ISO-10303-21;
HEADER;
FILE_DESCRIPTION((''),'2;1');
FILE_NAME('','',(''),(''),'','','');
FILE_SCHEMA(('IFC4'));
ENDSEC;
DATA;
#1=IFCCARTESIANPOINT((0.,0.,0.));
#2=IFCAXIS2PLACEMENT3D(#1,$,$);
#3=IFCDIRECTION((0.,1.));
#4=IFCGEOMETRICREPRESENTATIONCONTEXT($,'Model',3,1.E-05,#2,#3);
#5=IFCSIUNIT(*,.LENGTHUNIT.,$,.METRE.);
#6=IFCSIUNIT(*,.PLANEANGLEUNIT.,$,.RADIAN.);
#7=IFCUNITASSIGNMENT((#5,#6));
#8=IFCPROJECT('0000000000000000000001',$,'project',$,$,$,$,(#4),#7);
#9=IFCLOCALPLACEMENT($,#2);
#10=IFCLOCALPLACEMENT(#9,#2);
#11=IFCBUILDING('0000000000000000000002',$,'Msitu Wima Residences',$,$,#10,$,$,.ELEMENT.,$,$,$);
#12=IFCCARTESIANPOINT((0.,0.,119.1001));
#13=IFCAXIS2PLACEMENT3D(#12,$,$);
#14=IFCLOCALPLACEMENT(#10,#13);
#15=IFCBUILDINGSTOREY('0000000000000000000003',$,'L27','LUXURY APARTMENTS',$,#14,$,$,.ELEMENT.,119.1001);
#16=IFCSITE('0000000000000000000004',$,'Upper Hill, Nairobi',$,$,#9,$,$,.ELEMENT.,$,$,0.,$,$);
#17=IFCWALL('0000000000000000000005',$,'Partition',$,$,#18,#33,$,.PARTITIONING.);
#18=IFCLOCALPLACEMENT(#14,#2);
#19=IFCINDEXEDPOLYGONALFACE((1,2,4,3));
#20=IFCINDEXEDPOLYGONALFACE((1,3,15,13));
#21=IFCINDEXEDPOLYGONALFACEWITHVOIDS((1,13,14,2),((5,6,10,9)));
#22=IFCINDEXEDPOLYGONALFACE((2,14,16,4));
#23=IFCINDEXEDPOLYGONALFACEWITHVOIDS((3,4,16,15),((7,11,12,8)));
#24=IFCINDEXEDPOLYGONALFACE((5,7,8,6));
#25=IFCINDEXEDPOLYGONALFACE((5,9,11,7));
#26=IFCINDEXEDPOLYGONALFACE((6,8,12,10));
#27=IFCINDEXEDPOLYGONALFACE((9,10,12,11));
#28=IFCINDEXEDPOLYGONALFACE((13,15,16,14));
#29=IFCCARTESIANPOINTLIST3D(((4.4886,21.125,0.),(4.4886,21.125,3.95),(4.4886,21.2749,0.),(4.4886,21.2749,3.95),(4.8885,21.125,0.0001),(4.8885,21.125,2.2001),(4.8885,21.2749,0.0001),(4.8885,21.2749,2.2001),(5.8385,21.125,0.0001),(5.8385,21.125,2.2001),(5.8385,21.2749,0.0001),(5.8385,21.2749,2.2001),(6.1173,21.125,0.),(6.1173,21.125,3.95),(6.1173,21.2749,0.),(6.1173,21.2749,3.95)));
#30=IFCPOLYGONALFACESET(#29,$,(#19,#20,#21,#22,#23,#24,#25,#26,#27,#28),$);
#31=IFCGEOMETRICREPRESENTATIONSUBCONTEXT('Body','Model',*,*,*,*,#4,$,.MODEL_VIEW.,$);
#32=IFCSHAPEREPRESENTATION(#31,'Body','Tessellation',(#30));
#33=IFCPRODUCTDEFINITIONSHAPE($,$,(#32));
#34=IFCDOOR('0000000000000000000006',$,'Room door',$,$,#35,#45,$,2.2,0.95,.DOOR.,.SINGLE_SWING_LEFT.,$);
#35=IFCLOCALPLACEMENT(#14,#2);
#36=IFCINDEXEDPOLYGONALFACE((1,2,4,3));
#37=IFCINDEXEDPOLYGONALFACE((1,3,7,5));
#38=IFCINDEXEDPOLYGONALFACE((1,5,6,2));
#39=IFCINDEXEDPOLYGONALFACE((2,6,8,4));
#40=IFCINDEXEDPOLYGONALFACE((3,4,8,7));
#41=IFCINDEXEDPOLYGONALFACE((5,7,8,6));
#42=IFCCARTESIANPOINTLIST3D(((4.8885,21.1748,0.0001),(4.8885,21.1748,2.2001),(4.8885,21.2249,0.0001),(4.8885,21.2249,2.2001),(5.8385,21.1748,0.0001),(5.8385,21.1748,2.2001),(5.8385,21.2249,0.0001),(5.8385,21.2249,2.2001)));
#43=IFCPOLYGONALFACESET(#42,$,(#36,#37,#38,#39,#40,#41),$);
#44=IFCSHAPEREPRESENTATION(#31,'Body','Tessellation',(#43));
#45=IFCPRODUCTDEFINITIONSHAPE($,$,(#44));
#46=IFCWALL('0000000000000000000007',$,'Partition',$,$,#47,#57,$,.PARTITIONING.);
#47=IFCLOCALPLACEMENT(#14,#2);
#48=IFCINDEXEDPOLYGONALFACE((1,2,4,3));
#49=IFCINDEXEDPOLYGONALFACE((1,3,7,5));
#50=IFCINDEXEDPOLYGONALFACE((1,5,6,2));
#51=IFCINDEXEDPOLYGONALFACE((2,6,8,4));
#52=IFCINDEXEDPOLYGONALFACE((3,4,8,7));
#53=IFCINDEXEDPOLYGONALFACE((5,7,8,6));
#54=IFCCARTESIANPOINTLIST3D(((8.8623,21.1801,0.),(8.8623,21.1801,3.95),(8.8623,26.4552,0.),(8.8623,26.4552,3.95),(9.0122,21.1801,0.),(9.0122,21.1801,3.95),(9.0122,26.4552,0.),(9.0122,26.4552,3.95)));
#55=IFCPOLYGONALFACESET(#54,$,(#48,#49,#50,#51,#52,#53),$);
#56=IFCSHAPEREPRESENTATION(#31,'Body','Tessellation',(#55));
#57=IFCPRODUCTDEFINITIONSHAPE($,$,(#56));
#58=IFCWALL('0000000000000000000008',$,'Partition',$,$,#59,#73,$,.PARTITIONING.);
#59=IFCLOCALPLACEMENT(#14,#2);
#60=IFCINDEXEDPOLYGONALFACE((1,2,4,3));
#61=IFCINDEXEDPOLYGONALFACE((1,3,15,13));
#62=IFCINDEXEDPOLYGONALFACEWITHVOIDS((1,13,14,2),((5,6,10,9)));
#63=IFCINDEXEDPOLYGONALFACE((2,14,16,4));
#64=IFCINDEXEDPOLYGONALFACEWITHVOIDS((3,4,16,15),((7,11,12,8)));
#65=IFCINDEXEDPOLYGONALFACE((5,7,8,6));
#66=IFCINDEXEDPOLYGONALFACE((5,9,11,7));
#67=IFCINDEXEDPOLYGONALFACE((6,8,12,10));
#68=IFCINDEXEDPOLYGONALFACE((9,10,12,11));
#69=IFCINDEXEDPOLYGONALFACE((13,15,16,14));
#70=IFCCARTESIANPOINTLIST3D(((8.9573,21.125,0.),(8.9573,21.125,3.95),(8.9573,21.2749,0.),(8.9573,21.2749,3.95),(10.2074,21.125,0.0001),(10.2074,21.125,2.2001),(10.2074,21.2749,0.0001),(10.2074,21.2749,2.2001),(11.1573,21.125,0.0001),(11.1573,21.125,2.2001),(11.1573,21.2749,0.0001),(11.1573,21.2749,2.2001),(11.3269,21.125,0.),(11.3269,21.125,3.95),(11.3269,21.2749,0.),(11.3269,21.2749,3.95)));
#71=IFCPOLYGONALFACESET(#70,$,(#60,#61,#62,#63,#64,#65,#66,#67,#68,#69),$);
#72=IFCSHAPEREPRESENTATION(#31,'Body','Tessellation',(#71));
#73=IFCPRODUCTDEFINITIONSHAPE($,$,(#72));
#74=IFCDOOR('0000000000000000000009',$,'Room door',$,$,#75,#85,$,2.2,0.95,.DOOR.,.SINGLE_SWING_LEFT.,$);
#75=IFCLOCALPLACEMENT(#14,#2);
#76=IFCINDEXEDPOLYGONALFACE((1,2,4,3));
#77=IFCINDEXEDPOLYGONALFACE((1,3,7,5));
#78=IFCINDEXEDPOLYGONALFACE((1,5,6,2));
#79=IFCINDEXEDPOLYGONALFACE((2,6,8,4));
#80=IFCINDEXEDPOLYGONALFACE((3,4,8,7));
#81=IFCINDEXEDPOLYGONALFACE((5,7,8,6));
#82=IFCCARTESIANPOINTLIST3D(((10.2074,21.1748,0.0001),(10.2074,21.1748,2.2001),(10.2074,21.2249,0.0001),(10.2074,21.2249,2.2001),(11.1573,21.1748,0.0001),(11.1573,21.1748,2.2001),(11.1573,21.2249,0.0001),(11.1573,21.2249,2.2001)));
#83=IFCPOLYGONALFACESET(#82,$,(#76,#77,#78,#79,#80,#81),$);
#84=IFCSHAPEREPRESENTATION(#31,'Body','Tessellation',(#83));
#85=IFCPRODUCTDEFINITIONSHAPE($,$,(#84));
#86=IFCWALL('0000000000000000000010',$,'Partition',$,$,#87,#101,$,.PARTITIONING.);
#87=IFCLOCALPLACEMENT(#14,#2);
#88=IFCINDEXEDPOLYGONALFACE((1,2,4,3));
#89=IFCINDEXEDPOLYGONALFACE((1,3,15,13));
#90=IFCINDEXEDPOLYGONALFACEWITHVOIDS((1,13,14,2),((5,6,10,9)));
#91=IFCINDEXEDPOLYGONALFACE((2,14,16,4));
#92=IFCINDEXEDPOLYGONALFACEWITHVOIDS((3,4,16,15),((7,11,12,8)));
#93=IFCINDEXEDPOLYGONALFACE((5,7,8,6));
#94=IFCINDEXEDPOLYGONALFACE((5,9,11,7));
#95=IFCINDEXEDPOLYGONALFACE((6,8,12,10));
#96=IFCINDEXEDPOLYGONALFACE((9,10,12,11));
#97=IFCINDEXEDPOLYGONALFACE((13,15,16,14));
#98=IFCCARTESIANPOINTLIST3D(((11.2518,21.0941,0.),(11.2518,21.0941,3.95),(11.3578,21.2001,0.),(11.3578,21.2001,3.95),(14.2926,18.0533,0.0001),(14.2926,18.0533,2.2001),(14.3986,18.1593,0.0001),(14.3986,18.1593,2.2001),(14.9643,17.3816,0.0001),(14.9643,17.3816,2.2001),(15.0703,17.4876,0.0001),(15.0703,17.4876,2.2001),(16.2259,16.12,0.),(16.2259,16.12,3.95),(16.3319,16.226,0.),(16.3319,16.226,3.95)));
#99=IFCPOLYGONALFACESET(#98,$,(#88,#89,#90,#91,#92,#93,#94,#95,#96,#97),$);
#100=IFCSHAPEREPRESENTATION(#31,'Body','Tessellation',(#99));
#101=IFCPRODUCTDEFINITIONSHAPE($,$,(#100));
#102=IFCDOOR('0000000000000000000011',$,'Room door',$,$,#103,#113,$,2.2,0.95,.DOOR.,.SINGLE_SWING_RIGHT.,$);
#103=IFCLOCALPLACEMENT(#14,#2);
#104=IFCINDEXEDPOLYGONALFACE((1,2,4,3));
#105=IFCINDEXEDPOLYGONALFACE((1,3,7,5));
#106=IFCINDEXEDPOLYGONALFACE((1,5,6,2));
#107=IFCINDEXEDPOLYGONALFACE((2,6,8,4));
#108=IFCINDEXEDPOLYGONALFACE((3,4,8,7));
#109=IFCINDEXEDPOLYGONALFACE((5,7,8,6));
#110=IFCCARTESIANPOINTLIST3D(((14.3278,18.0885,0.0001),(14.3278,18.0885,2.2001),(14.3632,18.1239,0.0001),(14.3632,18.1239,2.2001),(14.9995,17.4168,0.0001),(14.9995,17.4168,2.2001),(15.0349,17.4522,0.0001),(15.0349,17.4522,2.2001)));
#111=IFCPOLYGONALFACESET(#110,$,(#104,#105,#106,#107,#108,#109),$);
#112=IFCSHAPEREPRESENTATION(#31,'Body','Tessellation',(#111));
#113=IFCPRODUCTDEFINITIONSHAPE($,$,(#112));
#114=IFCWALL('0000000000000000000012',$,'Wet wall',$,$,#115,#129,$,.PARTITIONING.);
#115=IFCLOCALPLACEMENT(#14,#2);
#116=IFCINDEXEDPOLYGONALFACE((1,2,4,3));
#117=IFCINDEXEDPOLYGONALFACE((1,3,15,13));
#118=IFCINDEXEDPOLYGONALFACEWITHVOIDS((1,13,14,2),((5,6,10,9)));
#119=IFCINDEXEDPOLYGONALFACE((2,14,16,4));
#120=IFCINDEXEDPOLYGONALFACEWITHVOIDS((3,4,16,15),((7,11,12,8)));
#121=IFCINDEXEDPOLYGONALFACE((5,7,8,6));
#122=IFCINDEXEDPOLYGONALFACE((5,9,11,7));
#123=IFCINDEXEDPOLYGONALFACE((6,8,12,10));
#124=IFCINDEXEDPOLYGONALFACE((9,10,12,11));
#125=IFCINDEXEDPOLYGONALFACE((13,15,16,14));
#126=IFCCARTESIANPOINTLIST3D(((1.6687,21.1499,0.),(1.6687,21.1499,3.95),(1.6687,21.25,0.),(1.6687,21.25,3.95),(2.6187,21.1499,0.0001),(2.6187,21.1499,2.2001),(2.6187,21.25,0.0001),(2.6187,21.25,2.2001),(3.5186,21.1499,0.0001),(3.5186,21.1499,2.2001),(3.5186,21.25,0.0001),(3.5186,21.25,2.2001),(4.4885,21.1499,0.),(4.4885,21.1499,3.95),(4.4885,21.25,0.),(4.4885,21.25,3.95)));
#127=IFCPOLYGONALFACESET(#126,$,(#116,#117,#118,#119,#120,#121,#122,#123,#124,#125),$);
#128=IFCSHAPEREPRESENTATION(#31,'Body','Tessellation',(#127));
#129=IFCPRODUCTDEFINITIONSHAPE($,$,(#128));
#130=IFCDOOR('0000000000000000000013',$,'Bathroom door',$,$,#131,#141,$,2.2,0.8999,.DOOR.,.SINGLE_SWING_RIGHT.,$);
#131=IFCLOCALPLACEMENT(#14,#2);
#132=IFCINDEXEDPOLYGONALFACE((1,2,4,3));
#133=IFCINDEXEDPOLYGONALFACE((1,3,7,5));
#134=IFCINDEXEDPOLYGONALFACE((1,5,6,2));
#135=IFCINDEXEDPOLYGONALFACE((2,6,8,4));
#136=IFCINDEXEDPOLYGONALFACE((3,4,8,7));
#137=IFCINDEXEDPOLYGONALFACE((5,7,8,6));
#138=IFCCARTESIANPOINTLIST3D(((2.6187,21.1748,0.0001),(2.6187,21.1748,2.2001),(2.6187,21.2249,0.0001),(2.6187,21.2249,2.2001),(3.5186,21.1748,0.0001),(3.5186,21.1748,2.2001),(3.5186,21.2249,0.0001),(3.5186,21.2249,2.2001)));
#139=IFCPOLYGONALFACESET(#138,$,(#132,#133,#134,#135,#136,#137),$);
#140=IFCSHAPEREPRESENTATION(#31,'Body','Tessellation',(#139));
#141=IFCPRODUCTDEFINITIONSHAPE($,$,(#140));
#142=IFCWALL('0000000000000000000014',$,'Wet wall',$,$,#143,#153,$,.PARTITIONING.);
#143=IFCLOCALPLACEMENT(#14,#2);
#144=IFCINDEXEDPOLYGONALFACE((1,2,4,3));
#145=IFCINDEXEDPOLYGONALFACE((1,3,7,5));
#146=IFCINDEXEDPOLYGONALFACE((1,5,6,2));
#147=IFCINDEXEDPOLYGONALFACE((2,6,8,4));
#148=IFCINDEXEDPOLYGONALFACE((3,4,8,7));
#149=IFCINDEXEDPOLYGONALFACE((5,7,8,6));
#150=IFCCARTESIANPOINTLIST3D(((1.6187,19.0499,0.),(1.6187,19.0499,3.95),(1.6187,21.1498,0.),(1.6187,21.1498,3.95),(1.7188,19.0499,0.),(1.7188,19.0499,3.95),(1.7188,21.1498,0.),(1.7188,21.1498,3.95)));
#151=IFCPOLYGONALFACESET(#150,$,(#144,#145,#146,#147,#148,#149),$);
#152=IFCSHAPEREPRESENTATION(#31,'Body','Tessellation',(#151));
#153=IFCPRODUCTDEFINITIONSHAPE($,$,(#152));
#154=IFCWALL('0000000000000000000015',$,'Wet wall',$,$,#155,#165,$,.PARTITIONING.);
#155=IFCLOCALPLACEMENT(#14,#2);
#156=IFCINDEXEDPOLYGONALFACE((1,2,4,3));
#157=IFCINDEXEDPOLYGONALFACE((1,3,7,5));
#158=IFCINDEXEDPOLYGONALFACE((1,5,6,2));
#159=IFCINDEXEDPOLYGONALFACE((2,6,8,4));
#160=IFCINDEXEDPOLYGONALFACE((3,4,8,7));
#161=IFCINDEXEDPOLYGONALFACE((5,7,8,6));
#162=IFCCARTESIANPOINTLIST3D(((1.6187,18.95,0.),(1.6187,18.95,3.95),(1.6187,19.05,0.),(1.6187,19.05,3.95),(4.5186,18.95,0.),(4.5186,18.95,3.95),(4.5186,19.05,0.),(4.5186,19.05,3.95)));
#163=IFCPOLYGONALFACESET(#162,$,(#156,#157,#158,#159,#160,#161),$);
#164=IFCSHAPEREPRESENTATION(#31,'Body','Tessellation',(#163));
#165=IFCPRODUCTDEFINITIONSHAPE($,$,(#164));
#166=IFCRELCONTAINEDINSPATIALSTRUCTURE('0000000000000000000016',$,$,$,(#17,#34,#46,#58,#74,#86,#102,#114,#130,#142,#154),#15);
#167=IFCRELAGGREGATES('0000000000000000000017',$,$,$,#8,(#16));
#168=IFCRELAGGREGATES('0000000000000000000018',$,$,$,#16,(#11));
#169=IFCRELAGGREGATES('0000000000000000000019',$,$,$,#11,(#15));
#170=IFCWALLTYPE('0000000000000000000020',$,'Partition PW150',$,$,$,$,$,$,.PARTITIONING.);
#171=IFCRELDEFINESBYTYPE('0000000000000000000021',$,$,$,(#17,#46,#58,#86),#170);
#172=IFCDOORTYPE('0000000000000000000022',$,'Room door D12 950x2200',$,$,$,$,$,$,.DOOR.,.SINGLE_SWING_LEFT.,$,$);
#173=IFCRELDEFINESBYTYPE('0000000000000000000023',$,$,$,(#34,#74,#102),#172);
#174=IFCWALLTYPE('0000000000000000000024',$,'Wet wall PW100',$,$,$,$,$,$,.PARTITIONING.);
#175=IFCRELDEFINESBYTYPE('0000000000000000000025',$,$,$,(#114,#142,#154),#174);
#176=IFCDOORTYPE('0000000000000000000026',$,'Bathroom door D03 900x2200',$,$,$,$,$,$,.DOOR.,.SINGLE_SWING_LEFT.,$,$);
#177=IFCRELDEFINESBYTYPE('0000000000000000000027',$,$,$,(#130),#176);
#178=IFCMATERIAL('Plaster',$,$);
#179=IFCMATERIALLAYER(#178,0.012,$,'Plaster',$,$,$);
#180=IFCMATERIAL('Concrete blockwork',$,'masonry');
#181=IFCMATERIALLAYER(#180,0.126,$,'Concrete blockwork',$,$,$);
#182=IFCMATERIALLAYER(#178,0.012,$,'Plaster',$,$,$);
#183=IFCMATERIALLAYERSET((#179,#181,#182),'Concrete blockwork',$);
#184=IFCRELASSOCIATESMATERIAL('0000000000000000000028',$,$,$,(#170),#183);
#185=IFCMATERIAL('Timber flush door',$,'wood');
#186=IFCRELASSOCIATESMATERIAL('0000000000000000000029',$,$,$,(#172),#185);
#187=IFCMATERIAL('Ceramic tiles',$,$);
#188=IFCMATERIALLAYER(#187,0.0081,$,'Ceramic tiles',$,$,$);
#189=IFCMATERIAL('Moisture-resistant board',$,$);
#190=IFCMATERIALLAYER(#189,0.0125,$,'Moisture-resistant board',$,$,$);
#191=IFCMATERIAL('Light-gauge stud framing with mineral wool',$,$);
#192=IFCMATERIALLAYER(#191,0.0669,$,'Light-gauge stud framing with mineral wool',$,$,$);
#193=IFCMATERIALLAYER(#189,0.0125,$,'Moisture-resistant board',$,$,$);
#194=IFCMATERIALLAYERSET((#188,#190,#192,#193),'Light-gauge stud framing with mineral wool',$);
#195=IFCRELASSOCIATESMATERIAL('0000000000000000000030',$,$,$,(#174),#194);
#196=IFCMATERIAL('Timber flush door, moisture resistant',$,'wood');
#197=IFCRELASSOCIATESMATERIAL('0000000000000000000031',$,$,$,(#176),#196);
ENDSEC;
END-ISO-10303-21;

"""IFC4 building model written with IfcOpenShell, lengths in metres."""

from ifc_helpers import new_model, si_unit, direction, frame, frame_2d, origin, place, context, subcontext, project, spatial, rectangle, extrude, material, layer, layer_set, type_object, element, fill, save


model = new_model("IFC4")

# Units and contexts
model_context = context("Model", 3, precision=1e-05, world=origin(), true_north=direction((0.0, 1.0)))
body_context = subcontext(model_context, "Body", "Model", "MODEL_VIEW")
ifc_project = project(units=[si_unit("LENGTHUNIT", "METRE"), si_unit("PLANEANGLEUNIT", "RADIAN")], contexts=[model_context])

# Site, building, storey
site_placement = place(None, origin())
site = spatial("IfcSite", under=ifc_project, at=site_placement, Name="Upper Hill, Nairobi", CompositionType="ELEMENT", RefElevation=0.0)
building_placement = place(site_placement, origin())
building = spatial("IfcBuilding", under=site, at=building_placement, Name="Msitu Wima Residences", CompositionType="ELEMENT")
storey_placement = place(building_placement, frame((0.0, 0.0, 119.1001)))
storey = spatial("IfcBuildingStorey", under=building, at=storey_placement, Name="L27", Description="LUXURY APARTMENTS", CompositionType="ELEMENT", Elevation=119.1001)

# Shared definitions
ifc_material_1 = material(Name="Plaster")
ifc_layer_1 = layer(ifc_material_1, 0.012, Name="Plaster")
ifc_material_2 = material(Name="Concrete blockwork", Category="masonry")
ifc_layer_2 = layer(ifc_material_2, 0.126, Name="Concrete blockwork")
ifc_layer_3 = layer(ifc_material_1, 0.012, Name="Plaster")
ifc_layer_set_1 = layer_set([ifc_layer_1, ifc_layer_2, ifc_layer_3], Name="Concrete blockwork")
wall_type_1 = type_object("IfcWallType", Name="Partition PW150", PredefinedType="PARTITIONING", material=ifc_layer_set_1)

# Wall, opening, door
wall_1_placement = place(storey_placement, frame((4.4885, 21.2, 0.0), z_axis=(0.0, 0.0, 1.0), x_axis=(1.0, 0.0, 0.0)))
wall_1 = element("IfcWall", 1, at=wall_1_placement, inside=storey, type_object=wall_type_1, Name="Partition", PredefinedType="PARTITIONING", context=body_context, shape_type="SweptSolid", body=[
    extrude(rectangle(XDim=1.6287, YDim=0.1499, at=frame_2d((0.8145, 0.0))), origin(), (0.0, 0.0, 1.0), 3.95),
])
opening_1_placement = place(wall_1_placement, frame((0.3999, 0.0, 0.0)))
opening_1 = element("IfcOpeningElement", 2, at=opening_1_placement, cuts=wall_1, PredefinedType="OPENING", context=body_context, shape_type="SweptSolid", body=[
    extrude(rectangle(XDim=0.95, YDim=2.2, at=frame_2d((0.4751, 1.1001))), frame((0.0, 0.085, 0.0), z_axis=(0.0, -1.0, 0.0), x_axis=(1.0, 0.0, 0.0)), (0.0, 0.0, 1.0), 0.1699),
])
ifc_material_3 = material(Name="Timber flush door", Category="wood")
door_type_1 = type_object("IfcDoorType", Name="Room door D12 950x2200", OperationType="SINGLE_SWING_LEFT", PredefinedType="DOOR", material=ifc_material_3)
door_1_placement = place(opening_1_placement, origin())
door_1 = element("IfcDoor", 3, at=door_1_placement, inside=storey, type_object=door_type_1, Name="Room door", OperationType="SINGLE_SWING_LEFT", OverallHeight=2.2, OverallWidth=0.95, PredefinedType="DOOR", context=body_context, shape_type="SweptSolid", body=[
    extrude(rectangle(XDim=0.95, YDim=2.2, at=frame_2d((0.4751, 1.1001))), frame((0.0, 0.0249, 0.0), z_axis=(0.0, -1.0, 0.0), x_axis=(1.0, 0.0, 0.0)), (0.0, 0.0, 1.0), 0.05),
])
fill(opening_1, door_1)

# Wall
wall_2_placement = place(storey_placement, frame((8.9373, 21.1799, 0.0), z_axis=(0.0, 0.0, 1.0), x_axis=(0.0, 1.0, 0.0)))
element("IfcWall", 4, at=wall_2_placement, inside=storey, type_object=wall_type_1, Name="Partition", PredefinedType="PARTITIONING", context=body_context, shape_type="SweptSolid", body=[
    extrude(rectangle(XDim=5.2751, YDim=0.1499, at=frame_2d((2.6377, 0.0))), origin(), (0.0, 0.0, 1.0), 3.95),
])

# Walls, openings, doors
wall_3_placement = place(storey_placement, frame((8.9573, 21.2, 0.0), z_axis=(0.0, 0.0, 1.0), x_axis=(1.0, 0.0, 0.0)))
wall_3 = element("IfcWall", 5, at=wall_3_placement, inside=storey, type_object=wall_type_1, Name="Partition", PredefinedType="PARTITIONING", context=body_context, shape_type="SweptSolid", body=[
    extrude(rectangle(XDim=2.3696, YDim=0.1499, at=frame_2d((1.1848, 0.0))), origin(), (0.0, 0.0, 1.0), 3.95),
])
opening_2_placement = place(wall_3_placement, frame((1.25, 0.0, 0.0)))
opening_2 = element("IfcOpeningElement", 6, at=opening_2_placement, cuts=wall_3, PredefinedType="OPENING", context=body_context, shape_type="SweptSolid", body=[
    extrude(rectangle(XDim=0.95, YDim=2.2, at=frame_2d((0.4751, 1.1001))), frame((0.0, 0.085, 0.0), z_axis=(0.0, -1.0, 0.0), x_axis=(1.0, 0.0, 0.0)), (0.0, 0.0, 1.0), 0.1699),
])
door_2_placement = place(opening_2_placement, origin())
door_2 = element("IfcDoor", 7, at=door_2_placement, inside=storey, type_object=door_type_1, Name="Room door", OperationType="SINGLE_SWING_LEFT", OverallHeight=2.2, OverallWidth=0.95, PredefinedType="DOOR", context=body_context, shape_type="SweptSolid", body=[
    extrude(rectangle(XDim=0.95, YDim=2.2, at=frame_2d((0.4751, 1.1001))), frame((0.0, 0.0249, 0.0), z_axis=(0.0, -1.0, 0.0), x_axis=(1.0, 0.0, 0.0)), (0.0, 0.0, 1.0), 0.05),
])
fill(opening_2, door_2)
wall_4_placement = place(storey_placement, frame((11.3049, 21.147, 0.0), z_axis=(0.0, 0.0, 1.0), x_axis=(0.707107, -0.707107, 0.0)))
wall_4 = element("IfcWall", 8, at=wall_4_placement, inside=storey, type_object=wall_type_1, Name="Partition", PredefinedType="PARTITIONING", context=body_context, shape_type="SweptSolid", body=[
    extrude(rectangle(XDim=7.0344, YDim=0.1499, at=frame_2d((3.5171, 0.0))), origin(), (0.0, 0.0, 1.0), 3.95),
])
opening_3_placement = place(wall_4_placement, frame((4.3, 0.0, 0.0)))
opening_3 = element("IfcOpeningElement", 9, at=opening_3_placement, cuts=wall_4, PredefinedType="OPENING", context=body_context, shape_type="SweptSolid", body=[
    extrude(rectangle(XDim=0.95, YDim=2.2, at=frame_2d((0.4751, 1.1001))), frame((0.0, 0.085, 0.0), z_axis=(0.0, -1.0, 0.0), x_axis=(1.0, 0.0, 0.0)), (0.0, 0.0, 1.0), 0.1699),
])
door_3_placement = place(opening_3_placement, origin())
door_3 = element("IfcDoor", 10, at=door_3_placement, inside=storey, type_object=door_type_1, Name="Room door", OperationType="SINGLE_SWING_RIGHT", OverallHeight=2.2, OverallWidth=0.95, PredefinedType="DOOR", context=body_context, shape_type="SweptSolid", body=[
    extrude(rectangle(XDim=0.95, YDim=2.2, at=frame_2d((0.4751, 1.1001))), frame((0.0, 0.0249, 0.0), z_axis=(0.0, -1.0, 0.0), x_axis=(1.0, 0.0, 0.0)), (0.0, 0.0, 1.0), 0.05),
])
fill(opening_3, door_3)
ifc_material_4 = material(Name="Ceramic tiles")
ifc_layer_4 = layer(ifc_material_4, 0.0081, Name="Ceramic tiles")
ifc_material_5 = material(Name="Moisture-resistant board")
ifc_layer_5 = layer(ifc_material_5, 0.0125, Name="Moisture-resistant board")
ifc_material_6 = material(Name="Light-gauge stud framing with mineral wool")
ifc_layer_6 = layer(ifc_material_6, 0.0669, Name="Light-gauge stud framing with mineral wool")
ifc_layer_7 = layer(ifc_material_5, 0.0125, Name="Moisture-resistant board")
ifc_layer_set_2 = layer_set([ifc_layer_4, ifc_layer_5, ifc_layer_6, ifc_layer_7], Name="Light-gauge stud framing with mineral wool")
wall_type_2 = type_object("IfcWallType", Name="Wet wall PW100", PredefinedType="PARTITIONING", material=ifc_layer_set_2)
wall_5_placement = place(storey_placement, frame((1.6687, 21.2, 0.0), z_axis=(0.0, 0.0, 1.0), x_axis=(1.0, 0.0, 0.0)))
wall_5 = element("IfcWall", 11, at=wall_5_placement, inside=storey, type_object=wall_type_2, Name="Wet wall", PredefinedType="PARTITIONING", context=body_context, shape_type="SweptSolid", body=[
    extrude(rectangle(XDim=2.8198, YDim=0.1001, at=frame_2d((1.4099, 0.0))), origin(), (0.0, 0.0, 1.0), 3.95),
])
opening_4_placement = place(wall_5_placement, frame((0.95, 0.0, 0.0)))
opening_4 = element("IfcOpeningElement", 12, at=opening_4_placement, cuts=wall_5, PredefinedType="OPENING", context=body_context, shape_type="SweptSolid", body=[
    extrude(rectangle(XDim=0.8999, YDim=2.2, at=frame_2d((0.45, 1.1001))), frame((0.0, 0.0601, 0.0), z_axis=(0.0, -1.0, 0.0), x_axis=(1.0, 0.0, 0.0)), (0.0, 0.0, 1.0), 0.1201),
])
ifc_material_7 = material(Name="Timber flush door, moisture resistant", Category="wood")
door_type_2 = type_object("IfcDoorType", Name="Bathroom door D03 900x2200", OperationType="SINGLE_SWING_LEFT", PredefinedType="DOOR", material=ifc_material_7)
door_4_placement = place(opening_4_placement, origin())
door_4 = element("IfcDoor", 13, at=door_4_placement, inside=storey, type_object=door_type_2, Name="Bathroom door", OperationType="SINGLE_SWING_RIGHT", OverallHeight=2.2, OverallWidth=0.8999, PredefinedType="DOOR", context=body_context, shape_type="SweptSolid", body=[
    extrude(rectangle(XDim=0.8999, YDim=2.2, at=frame_2d((0.45, 1.1001))), frame((0.0, 0.0249, 0.0), z_axis=(0.0, -1.0, 0.0), x_axis=(1.0, 0.0, 0.0)), (0.0, 0.0, 1.0), 0.05),
])
fill(opening_4, door_4)

# Walls
wall_6_placement = place(storey_placement, frame((1.6687, 19.05, 0.0), z_axis=(0.0, 0.0, 1.0), x_axis=(0.0, 1.0, 0.0)))
element("IfcWall", 14, at=wall_6_placement, inside=storey, type_object=wall_type_2, Name="Wet wall", PredefinedType="PARTITIONING", context=body_context, shape_type="SweptSolid", body=[
    extrude(rectangle(XDim=2.0999, YDim=0.1001, at=frame_2d((1.0498, 0.0))), origin(), (0.0, 0.0, 1.0), 3.95),
])
wall_7_placement = place(storey_placement, frame((1.6187, 19.0, 0.0), z_axis=(0.0, 0.0, 1.0), x_axis=(1.0, 0.0, 0.0)))
element("IfcWall", 15, at=wall_7_placement, inside=storey, type_object=wall_type_2, Name="Wet wall", PredefinedType="PARTITIONING", context=body_context, shape_type="SweptSolid", body=[
    extrude(rectangle(XDim=2.8999, YDim=0.1001, at=frame_2d((1.45, 0.0))), origin(), (0.0, 0.0, 1.0), 3.95),
])

save(model, "model.ifc")
